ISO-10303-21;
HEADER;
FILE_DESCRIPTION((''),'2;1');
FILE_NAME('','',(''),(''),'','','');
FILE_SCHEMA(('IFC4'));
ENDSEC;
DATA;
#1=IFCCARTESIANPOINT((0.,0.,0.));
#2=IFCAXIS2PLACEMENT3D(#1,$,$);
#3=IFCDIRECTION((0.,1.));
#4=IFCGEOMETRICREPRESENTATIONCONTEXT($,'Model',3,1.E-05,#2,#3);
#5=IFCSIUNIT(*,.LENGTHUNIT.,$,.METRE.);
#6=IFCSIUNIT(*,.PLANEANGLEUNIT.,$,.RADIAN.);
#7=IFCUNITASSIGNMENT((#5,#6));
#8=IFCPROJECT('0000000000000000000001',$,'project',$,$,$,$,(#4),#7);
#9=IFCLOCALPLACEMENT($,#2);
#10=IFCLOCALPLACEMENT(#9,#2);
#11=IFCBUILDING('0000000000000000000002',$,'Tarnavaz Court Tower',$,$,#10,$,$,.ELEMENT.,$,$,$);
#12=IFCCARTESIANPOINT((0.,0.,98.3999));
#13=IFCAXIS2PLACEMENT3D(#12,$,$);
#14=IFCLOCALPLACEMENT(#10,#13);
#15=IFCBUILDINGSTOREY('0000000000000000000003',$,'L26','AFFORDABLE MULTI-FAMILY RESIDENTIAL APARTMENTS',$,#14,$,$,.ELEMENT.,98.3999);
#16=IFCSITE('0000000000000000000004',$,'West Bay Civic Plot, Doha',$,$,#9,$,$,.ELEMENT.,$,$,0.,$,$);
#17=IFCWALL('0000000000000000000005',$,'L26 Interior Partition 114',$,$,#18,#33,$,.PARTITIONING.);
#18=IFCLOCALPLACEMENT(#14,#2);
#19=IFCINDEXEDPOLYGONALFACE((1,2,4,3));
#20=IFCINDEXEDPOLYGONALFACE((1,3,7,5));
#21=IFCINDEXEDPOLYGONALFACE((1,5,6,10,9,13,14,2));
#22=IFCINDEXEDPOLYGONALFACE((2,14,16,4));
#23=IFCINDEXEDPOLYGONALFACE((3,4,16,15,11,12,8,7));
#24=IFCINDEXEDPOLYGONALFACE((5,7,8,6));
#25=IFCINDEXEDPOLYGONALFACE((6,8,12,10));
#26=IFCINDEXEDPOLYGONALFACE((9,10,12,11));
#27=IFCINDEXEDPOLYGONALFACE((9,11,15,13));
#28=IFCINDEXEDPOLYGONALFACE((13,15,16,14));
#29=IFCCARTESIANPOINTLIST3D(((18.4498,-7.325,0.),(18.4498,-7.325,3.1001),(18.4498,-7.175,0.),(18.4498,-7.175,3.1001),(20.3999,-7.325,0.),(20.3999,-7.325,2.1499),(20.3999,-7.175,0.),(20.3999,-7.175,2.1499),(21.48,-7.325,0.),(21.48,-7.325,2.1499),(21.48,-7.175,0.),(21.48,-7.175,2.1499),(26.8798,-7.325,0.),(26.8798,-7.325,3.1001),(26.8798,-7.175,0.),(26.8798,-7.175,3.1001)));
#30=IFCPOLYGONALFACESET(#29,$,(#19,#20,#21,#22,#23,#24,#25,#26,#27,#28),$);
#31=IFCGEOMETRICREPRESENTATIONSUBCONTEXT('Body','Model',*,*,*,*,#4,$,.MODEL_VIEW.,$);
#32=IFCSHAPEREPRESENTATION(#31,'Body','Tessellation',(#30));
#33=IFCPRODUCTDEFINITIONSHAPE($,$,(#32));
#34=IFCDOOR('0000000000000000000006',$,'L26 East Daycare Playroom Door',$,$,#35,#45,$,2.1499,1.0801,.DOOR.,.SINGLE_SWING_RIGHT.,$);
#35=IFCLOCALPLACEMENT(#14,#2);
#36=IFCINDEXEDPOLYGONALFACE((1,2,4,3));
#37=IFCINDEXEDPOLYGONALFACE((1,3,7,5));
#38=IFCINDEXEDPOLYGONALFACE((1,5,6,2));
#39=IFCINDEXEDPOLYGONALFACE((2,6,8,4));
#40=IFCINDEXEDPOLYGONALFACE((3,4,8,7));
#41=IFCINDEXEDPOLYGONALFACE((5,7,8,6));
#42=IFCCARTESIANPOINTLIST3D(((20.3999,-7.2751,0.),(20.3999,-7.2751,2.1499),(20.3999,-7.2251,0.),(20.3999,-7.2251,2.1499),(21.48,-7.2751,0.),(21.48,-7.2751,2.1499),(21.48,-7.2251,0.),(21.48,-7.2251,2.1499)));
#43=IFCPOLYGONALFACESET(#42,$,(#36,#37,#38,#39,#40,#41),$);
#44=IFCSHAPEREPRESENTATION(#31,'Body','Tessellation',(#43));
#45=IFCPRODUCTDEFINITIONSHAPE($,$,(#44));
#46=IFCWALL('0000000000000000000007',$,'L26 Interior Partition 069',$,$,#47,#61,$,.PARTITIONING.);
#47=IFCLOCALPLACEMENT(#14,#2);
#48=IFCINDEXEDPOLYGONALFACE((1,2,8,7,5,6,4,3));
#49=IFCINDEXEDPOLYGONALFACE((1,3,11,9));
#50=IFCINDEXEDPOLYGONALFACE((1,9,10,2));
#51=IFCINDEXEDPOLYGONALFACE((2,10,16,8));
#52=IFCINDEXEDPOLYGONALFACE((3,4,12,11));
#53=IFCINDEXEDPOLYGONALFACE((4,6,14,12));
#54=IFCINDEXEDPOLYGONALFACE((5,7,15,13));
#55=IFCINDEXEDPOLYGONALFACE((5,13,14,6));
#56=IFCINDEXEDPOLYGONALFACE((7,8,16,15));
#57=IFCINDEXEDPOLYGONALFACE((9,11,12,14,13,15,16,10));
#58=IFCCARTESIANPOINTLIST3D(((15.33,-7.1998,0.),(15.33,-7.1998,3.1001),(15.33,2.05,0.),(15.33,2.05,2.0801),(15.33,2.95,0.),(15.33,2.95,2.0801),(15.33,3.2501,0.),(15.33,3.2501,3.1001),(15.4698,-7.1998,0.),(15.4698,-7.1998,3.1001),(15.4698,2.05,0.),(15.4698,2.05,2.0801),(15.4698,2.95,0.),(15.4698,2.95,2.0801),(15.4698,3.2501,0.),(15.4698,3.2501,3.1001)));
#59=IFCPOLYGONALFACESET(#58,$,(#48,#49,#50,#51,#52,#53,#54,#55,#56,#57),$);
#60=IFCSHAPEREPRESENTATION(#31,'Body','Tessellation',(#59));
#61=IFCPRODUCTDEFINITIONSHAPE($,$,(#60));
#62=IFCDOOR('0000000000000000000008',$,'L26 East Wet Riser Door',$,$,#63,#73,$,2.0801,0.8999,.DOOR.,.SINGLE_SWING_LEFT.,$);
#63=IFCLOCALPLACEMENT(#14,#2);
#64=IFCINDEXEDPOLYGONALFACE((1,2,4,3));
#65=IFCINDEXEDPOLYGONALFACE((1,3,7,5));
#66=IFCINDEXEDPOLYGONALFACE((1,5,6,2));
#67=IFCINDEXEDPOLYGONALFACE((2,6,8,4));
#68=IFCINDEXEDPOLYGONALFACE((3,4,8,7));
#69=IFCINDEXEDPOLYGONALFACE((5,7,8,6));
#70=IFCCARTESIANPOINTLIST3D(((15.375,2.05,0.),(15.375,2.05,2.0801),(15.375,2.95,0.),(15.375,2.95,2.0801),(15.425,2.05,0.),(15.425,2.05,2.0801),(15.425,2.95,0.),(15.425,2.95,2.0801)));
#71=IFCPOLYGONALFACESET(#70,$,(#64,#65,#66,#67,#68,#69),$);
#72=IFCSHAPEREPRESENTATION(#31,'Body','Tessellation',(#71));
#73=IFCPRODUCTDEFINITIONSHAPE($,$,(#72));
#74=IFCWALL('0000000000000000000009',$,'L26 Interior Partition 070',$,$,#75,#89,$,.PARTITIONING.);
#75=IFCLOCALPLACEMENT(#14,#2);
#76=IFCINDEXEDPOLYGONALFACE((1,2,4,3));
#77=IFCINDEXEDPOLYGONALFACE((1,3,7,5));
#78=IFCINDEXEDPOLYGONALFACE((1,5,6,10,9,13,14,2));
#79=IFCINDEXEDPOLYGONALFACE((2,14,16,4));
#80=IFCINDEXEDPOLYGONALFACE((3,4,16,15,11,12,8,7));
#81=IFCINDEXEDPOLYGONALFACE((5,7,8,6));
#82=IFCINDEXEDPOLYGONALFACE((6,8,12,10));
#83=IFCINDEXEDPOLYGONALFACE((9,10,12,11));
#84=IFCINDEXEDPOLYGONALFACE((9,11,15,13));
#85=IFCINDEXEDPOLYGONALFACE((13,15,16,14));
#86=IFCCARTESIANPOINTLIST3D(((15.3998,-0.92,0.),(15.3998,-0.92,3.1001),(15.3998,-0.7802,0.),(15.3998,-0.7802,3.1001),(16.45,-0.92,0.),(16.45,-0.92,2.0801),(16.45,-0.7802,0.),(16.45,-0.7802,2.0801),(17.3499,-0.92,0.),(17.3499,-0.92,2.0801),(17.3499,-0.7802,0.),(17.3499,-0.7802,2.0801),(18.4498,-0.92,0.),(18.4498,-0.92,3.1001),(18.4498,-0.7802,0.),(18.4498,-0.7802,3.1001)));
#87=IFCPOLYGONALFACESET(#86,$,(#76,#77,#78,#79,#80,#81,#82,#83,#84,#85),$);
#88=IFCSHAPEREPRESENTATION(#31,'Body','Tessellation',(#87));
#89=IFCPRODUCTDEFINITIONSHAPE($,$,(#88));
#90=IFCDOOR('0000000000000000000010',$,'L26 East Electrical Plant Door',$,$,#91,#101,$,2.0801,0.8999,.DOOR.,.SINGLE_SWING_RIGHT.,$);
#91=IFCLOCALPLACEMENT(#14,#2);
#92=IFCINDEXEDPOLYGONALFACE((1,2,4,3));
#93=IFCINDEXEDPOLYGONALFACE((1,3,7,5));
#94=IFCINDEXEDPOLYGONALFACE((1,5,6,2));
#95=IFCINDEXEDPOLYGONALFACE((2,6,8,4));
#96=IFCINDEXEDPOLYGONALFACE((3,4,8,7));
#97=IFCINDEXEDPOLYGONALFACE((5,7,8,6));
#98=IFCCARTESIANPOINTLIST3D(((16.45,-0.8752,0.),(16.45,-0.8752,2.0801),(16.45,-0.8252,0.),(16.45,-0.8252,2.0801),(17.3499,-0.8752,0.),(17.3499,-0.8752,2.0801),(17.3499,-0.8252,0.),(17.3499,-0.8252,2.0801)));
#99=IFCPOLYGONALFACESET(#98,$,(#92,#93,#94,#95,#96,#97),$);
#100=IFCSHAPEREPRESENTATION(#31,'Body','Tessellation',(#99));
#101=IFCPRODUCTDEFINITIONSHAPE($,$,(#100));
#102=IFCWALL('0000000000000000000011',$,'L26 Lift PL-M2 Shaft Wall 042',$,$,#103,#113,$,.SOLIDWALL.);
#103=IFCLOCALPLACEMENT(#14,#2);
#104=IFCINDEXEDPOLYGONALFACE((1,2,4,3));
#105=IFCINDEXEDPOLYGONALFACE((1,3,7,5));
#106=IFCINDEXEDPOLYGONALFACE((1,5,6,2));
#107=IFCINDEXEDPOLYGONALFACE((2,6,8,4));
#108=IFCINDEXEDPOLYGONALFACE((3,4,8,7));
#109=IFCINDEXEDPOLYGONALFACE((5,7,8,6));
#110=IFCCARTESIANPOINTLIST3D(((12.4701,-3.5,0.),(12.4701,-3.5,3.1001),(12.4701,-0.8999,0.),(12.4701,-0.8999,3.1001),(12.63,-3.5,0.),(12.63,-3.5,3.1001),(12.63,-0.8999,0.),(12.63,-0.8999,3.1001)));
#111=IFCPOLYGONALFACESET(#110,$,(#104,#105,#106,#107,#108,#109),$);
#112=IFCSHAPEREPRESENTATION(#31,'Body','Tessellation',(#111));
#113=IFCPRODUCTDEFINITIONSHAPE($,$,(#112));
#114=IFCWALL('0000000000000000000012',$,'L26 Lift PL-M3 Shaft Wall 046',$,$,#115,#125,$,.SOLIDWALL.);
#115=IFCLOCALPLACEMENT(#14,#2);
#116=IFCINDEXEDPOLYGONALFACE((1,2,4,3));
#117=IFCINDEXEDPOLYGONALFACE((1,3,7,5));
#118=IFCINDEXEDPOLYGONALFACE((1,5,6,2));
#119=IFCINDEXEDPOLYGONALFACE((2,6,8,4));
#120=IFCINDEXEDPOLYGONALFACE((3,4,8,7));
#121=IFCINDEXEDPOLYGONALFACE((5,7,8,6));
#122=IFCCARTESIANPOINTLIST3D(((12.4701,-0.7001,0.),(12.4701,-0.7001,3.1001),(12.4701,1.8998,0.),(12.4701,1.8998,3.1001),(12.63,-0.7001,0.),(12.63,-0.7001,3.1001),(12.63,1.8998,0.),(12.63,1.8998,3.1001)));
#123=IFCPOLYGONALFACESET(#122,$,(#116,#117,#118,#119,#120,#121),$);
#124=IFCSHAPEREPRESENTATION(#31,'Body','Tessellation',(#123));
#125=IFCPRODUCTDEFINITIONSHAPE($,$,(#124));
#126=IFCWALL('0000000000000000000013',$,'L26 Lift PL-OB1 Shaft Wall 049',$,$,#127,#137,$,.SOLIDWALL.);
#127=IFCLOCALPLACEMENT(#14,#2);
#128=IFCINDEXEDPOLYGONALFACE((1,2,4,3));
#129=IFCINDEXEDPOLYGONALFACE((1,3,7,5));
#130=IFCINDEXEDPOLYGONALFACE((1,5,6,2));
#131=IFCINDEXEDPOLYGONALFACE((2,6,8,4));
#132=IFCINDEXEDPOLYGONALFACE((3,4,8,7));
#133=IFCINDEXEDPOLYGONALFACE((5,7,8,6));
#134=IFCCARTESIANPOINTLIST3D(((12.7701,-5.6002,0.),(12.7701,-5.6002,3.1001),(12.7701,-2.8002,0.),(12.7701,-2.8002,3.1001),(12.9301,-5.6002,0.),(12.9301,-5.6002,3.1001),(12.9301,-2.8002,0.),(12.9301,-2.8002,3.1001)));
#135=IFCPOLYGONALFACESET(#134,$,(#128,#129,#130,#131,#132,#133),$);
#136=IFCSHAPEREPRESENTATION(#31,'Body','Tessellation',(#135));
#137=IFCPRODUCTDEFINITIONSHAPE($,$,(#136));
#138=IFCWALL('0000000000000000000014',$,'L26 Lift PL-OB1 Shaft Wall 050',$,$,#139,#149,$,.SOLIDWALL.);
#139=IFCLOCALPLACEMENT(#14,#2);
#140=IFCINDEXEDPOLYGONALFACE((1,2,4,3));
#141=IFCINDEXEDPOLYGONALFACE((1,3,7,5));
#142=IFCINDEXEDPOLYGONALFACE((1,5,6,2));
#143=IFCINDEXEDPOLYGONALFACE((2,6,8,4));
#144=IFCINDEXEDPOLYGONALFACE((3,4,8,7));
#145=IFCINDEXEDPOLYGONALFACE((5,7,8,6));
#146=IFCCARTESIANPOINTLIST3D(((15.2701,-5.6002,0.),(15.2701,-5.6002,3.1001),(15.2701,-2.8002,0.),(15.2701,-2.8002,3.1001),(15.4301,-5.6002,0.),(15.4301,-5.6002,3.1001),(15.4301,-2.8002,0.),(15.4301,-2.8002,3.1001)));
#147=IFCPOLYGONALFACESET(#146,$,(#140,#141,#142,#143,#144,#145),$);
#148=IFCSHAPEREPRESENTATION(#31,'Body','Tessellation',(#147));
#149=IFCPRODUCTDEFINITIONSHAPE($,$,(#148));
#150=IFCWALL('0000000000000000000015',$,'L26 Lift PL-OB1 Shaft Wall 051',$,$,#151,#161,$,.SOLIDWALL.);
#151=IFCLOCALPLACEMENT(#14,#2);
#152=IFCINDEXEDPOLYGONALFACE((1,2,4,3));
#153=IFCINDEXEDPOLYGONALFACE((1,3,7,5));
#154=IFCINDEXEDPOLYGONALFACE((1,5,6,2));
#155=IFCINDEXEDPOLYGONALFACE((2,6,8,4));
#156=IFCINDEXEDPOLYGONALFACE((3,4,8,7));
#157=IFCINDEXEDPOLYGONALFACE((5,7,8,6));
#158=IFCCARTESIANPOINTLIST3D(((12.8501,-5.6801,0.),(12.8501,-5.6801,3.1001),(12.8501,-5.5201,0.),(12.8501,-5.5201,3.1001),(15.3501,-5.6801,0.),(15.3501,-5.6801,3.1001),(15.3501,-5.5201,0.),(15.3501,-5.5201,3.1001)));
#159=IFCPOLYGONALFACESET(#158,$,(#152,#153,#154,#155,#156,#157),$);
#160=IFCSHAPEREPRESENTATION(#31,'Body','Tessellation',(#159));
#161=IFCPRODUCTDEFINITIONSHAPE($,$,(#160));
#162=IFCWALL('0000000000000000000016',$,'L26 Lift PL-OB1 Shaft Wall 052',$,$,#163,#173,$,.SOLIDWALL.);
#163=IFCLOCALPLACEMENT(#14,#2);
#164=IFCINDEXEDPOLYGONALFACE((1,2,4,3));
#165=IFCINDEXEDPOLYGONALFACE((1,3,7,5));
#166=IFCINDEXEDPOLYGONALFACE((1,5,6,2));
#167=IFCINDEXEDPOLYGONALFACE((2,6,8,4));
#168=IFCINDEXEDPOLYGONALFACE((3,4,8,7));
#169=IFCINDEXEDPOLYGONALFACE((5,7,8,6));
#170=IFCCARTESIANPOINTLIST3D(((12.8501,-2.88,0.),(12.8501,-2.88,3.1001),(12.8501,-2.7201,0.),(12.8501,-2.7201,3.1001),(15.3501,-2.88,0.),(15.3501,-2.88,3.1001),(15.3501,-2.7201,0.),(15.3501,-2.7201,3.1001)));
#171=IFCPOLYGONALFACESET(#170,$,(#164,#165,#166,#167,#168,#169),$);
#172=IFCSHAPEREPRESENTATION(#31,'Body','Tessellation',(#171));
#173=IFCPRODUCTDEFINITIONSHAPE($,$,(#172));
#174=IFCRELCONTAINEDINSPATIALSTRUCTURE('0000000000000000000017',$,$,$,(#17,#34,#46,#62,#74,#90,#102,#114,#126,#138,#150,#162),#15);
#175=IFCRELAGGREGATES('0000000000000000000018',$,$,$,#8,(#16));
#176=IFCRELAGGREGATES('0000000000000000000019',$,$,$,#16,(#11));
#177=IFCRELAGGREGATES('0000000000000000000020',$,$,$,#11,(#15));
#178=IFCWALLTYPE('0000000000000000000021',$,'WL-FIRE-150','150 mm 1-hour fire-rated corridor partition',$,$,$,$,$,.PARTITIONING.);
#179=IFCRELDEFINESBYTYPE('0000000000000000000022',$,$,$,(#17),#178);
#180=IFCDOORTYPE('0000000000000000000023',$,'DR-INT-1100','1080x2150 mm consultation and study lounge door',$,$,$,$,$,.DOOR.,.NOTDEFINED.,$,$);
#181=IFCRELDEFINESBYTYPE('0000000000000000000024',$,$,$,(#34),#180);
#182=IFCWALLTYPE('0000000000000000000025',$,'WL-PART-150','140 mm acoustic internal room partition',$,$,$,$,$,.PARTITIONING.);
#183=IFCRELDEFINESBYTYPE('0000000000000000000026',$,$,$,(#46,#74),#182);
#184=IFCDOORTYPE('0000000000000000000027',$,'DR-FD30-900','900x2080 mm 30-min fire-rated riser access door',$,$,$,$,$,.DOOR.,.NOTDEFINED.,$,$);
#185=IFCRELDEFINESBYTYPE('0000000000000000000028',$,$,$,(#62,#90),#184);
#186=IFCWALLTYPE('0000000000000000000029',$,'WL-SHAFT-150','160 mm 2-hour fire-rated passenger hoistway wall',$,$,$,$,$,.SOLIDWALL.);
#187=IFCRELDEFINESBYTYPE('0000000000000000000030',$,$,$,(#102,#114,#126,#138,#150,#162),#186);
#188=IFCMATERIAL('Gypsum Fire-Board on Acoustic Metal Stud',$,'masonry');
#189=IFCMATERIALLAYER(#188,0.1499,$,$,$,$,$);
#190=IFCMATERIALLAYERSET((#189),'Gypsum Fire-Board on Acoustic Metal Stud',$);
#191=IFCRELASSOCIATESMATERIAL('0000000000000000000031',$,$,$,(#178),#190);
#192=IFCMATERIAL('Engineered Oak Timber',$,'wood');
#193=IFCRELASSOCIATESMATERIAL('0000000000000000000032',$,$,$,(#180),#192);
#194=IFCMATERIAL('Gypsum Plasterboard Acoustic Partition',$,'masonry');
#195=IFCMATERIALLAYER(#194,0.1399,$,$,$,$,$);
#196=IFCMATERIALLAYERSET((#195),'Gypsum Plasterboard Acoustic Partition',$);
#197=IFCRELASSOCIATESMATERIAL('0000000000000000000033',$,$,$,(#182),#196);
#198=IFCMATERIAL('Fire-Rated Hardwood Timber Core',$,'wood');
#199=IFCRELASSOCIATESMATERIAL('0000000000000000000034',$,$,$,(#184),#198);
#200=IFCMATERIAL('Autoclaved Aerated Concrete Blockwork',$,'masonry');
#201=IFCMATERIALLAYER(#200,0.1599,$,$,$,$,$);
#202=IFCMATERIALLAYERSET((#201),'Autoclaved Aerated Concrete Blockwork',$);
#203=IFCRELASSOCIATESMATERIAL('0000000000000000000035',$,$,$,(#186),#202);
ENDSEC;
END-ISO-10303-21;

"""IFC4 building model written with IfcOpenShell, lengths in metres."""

from ifc_helpers import new_model, si_unit, direction, frame, frame_2d, origin, place, context, subcontext, project, spatial, rectangle, extrude, material, layer, layer_set, type_object, element, fill, save


model = new_model("IFC4")

# Units and contexts
model_context = context("Model", 3, precision=1e-05, world=origin(), true_north=direction((0.0, 1.0)))
body_context = subcontext(model_context, "Body", "Model", "MODEL_VIEW")
ifc_project = project(units=[si_unit("LENGTHUNIT", "METRE"), si_unit("PLANEANGLEUNIT", "RADIAN")], contexts=[model_context])

# Site, building, storey
site_placement = place(None, origin())
site = spatial("IfcSite", under=ifc_project, at=site_placement, Name="West Bay Civic Plot, Doha", CompositionType="ELEMENT", RefElevation=0.0)
building_placement = place(site_placement, origin())
building = spatial("IfcBuilding", under=site, at=building_placement, Name="Tarnavaz Court Tower", CompositionType="ELEMENT")
storey_placement = place(building_placement, frame((0.0, 0.0, 98.3999)))
storey = spatial("IfcBuildingStorey", under=building, at=storey_placement, Name="L26", Description="AFFORDABLE MULTI-FAMILY RESIDENTIAL APARTMENTS", CompositionType="ELEMENT", Elevation=98.3999)

# Walls, openings, doors
ifc_material_1 = material(Name="Gypsum Fire-Board on Acoustic Metal Stud", Category="masonry")
ifc_layer_1 = layer(ifc_material_1, 0.1499)
ifc_layer_set_1 = layer_set([ifc_layer_1], Name="Gypsum Fire-Board on Acoustic Metal Stud")
wall_type_1 = type_object("IfcWallType", Name="WL-FIRE-150", Description="150 mm 1-hour fire-rated corridor partition", PredefinedType="PARTITIONING", material=ifc_layer_set_1)
wall_1_placement = place(storey_placement, frame((18.45, -7.25, 0.0), z_axis=(0.0, 0.0, 1.0), x_axis=(1.0, 0.0, 0.0)))
wall_1 = element("IfcWall", 1, at=wall_1_placement, inside=storey, type_object=wall_type_1, Name="L26 Interior Partition 114", PredefinedType="PARTITIONING", context=body_context, shape_type="SweptSolid", body=[
    extrude(rectangle(XDim=8.4299, YDim=0.1499, at=frame_2d((4.2148, 0.0))), origin(), (0.0, 0.0, 1.0), 3.1001),
])
opening_1_placement = place(wall_1_placement, frame((1.95, 0.0, 0.0)))
opening_1 = element("IfcOpeningElement", 2, at=opening_1_placement, cuts=wall_1, PredefinedType="OPENING", context=body_context, shape_type="SweptSolid", body=[
    extrude(rectangle(XDim=1.0801, YDim=2.1499, at=frame_2d((0.54, 1.075))), frame((0.0, 0.085, 0.0), z_axis=(0.0, -1.0, 0.0), x_axis=(1.0, 0.0, 0.0)), (0.0, 0.0, 1.0), 0.1699),
])
ifc_material_2 = material(Name="Engineered Oak Timber", Category="wood")
door_type_1 = type_object("IfcDoorType", Name="DR-INT-1100", Description="1080x2150 mm consultation and study lounge door", OperationType="NOTDEFINED", PredefinedType="DOOR", material=ifc_material_2)
door_1_placement = place(opening_1_placement, origin())
door_1 = element("IfcDoor", 3, at=door_1_placement, inside=storey, type_object=door_type_1, Name="L26 East Daycare Playroom Door", OperationType="SINGLE_SWING_RIGHT", OverallHeight=2.1499, OverallWidth=1.0801, PredefinedType="DOOR", context=body_context, shape_type="SweptSolid", body=[
    extrude(rectangle(XDim=1.0801, YDim=2.1499, at=frame_2d((0.54, 1.075))), frame((0.0, 0.0249, 0.0), z_axis=(0.0, -1.0, 0.0), x_axis=(1.0, 0.0, 0.0)), (0.0, 0.0, 1.0), 0.05),
])
fill(opening_1, door_1)
ifc_material_3 = material(Name="Gypsum Plasterboard Acoustic Partition", Category="masonry")
ifc_layer_2 = layer(ifc_material_3, 0.1399)
ifc_layer_set_2 = layer_set([ifc_layer_2], Name="Gypsum Plasterboard Acoustic Partition")
wall_type_2 = type_object("IfcWallType", Name="WL-PART-150", Description="140 mm acoustic internal room partition", PredefinedType="PARTITIONING", material=ifc_layer_set_2)
wall_2_placement = place(storey_placement, frame((15.3999, -7.2, 0.0), z_axis=(0.0, 0.0, 1.0), x_axis=(0.0, 1.0, 0.0)))
wall_2 = element("IfcWall", 4, at=wall_2_placement, inside=storey, type_object=wall_type_2, Name="L26 Interior Partition 069", PredefinedType="PARTITIONING", context=body_context, shape_type="SweptSolid", body=[
    extrude(rectangle(XDim=10.45, YDim=0.1399, at=frame_2d((5.2251, 0.0))), origin(), (0.0, 0.0, 1.0), 3.1001),
])
opening_2_placement = place(wall_2_placement, frame((9.25, 0.0, 0.0)))
opening_2 = element("IfcOpeningElement", 5, at=opening_2_placement, cuts=wall_2, PredefinedType="OPENING", context=body_context, shape_type="SweptSolid", body=[
    extrude(rectangle(XDim=0.8999, YDim=2.0801, at=frame_2d((0.45, 1.04))), frame((0.0, 0.0798, 0.0), z_axis=(0.0, -1.0, 0.0), x_axis=(1.0, 0.0, 0.0)), (0.0, 0.0, 1.0), 0.1599),
])
ifc_material_4 = material(Name="Fire-Rated Hardwood Timber Core", Category="wood")
door_type_2 = type_object("IfcDoorType", Name="DR-FD30-900", Description="900x2080 mm 30-min fire-rated riser access door", OperationType="NOTDEFINED", PredefinedType="DOOR", material=ifc_material_4)
door_2_placement = place(opening_2_placement, origin())
door_2 = element("IfcDoor", 6, at=door_2_placement, inside=storey, type_object=door_type_2, Name="L26 East Wet Riser Door", OperationType="SINGLE_SWING_LEFT", OverallHeight=2.0801, OverallWidth=0.8999, PredefinedType="DOOR", context=body_context, shape_type="SweptSolid", body=[
    extrude(rectangle(XDim=0.8999, YDim=2.0801, at=frame_2d((0.45, 1.04))), frame((0.0, 0.0249, 0.0), z_axis=(0.0, -1.0, 0.0), x_axis=(1.0, 0.0, 0.0)), (0.0, 0.0, 1.0), 0.05),
])
fill(opening_2, door_2)
wall_3_placement = place(storey_placement, frame((15.3999, -0.8501, 0.0), z_axis=(0.0, 0.0, 1.0), x_axis=(1.0, 0.0, 0.0)))
wall_3 = element("IfcWall", 7, at=wall_3_placement, inside=storey, type_object=wall_type_2, Name="L26 Interior Partition 070", PredefinedType="PARTITIONING", context=body_context, shape_type="SweptSolid", body=[
    extrude(rectangle(XDim=3.05, YDim=0.1399, at=frame_2d((1.5249, 0.0))), origin(), (0.0, 0.0, 1.0), 3.1001),
])
opening_3_placement = place(wall_3_placement, frame((1.05, 0.0, 0.0)))
opening_3 = element("IfcOpeningElement", 8, at=opening_3_placement, cuts=wall_3, PredefinedType="OPENING", context=body_context, shape_type="SweptSolid", body=[
    extrude(rectangle(XDim=0.8999, YDim=2.0801, at=frame_2d((0.45, 1.04))), frame((0.0, 0.0798, 0.0), z_axis=(0.0, -1.0, 0.0), x_axis=(1.0, 0.0, 0.0)), (0.0, 0.0, 1.0), 0.1599),
])
door_3_placement = place(opening_3_placement, origin())
door_3 = element("IfcDoor", 9, at=door_3_placement, inside=storey, type_object=door_type_2, Name="L26 East Electrical Plant Door", OperationType="SINGLE_SWING_RIGHT", OverallHeight=2.0801, OverallWidth=0.8999, PredefinedType="DOOR", context=body_context, shape_type="SweptSolid", body=[
    extrude(rectangle(XDim=0.8999, YDim=2.0801, at=frame_2d((0.45, 1.04))), frame((0.0, 0.0249, 0.0), z_axis=(0.0, -1.0, 0.0), x_axis=(1.0, 0.0, 0.0)), (0.0, 0.0, 1.0), 0.05),
])
fill(opening_3, door_3)

# Walls
ifc_material_5 = material(Name="Autoclaved Aerated Concrete Blockwork", Category="masonry")
ifc_layer_3 = layer(ifc_material_5, 0.1599)
ifc_layer_set_3 = layer_set([ifc_layer_3], Name="Autoclaved Aerated Concrete Blockwork")
wall_type_3 = type_object("IfcWallType", Name="WL-SHAFT-150", Description="160 mm 2-hour fire-rated passenger hoistway wall", PredefinedType="SOLIDWALL", material=ifc_layer_set_3)
wall_4_placement = place(storey_placement, frame((12.55, -3.5, 0.0), z_axis=(0.0, 0.0, 1.0), x_axis=(0.0, 1.0, 0.0)))
element("IfcWall", 10, at=wall_4_placement, inside=storey, type_object=wall_type_3, Name="L26 Lift PL-M2 Shaft Wall 042", PredefinedType="SOLIDWALL", context=body_context, shape_type="SweptSolid", body=[
    extrude(rectangle(XDim=2.6001, YDim=0.1599, at=frame_2d((1.3, 0.0))), origin(), (0.0, 0.0, 1.0), 3.1001),
])
wall_5_placement = place(storey_placement, frame((12.55, -0.7, 0.0), z_axis=(0.0, 0.0, 1.0), x_axis=(0.0, 1.0, 0.0)))
element("IfcWall", 11, at=wall_5_placement, inside=storey, type_object=wall_type_3, Name="L26 Lift PL-M3 Shaft Wall 046", PredefinedType="SOLIDWALL", context=body_context, shape_type="SweptSolid", body=[
    extrude(rectangle(XDim=2.5999, YDim=0.1599, at=frame_2d((1.2998, 0.0))), origin(), (0.0, 0.0, 1.0), 3.1001),
])
for number, where, z_axis, x_axis, name in (
    (12, (12.8501, -5.6001, 0.0), (0.0, 0.0, 1.0), (0.0, 1.0, 0.0), "L26 Lift PL-OB1 Shaft Wall 049"),
    (13, (15.3501, -5.6001, 0.0), (0.0, 0.0, 1.0), (0.0, 1.0, 0.0), "L26 Lift PL-OB1 Shaft Wall 050"),
):
    element("IfcWall", number, at=place(storey_placement, frame(where, z_axis=z_axis, x_axis=x_axis)), inside=storey, type_object=wall_type_3, Name=name, PredefinedType="SOLIDWALL", context=body_context, shape_type="SweptSolid", body=[
        extrude(rectangle(XDim=2.8, YDim=0.1599, at=frame_2d((1.3999, 0.0))), origin(), (0.0, 0.0, 1.0), 3.1001),
    ])
for number, where, z_axis, x_axis, name in (
    (14, (12.8501, -5.6001, 0.0), (0.0, 0.0, 1.0), (1.0, 0.0, 0.0), "L26 Lift PL-OB1 Shaft Wall 051"),
    (15, (12.8501, -2.8, 0.0), (0.0, 0.0, 1.0), (1.0, 0.0, 0.0), "L26 Lift PL-OB1 Shaft Wall 052"),
):
    element("IfcWall", number, at=place(storey_placement, frame(where, z_axis=z_axis, x_axis=x_axis)), inside=storey, type_object=wall_type_3, Name=name, PredefinedType="SOLIDWALL", context=body_context, shape_type="SweptSolid", body=[
        extrude(rectangle(XDim=2.5, YDim=0.1599, at=frame_2d((1.25, 0.0))), origin(), (0.0, 0.0, 1.0), 3.1001),
    ])

save(model, "model.ifc")
